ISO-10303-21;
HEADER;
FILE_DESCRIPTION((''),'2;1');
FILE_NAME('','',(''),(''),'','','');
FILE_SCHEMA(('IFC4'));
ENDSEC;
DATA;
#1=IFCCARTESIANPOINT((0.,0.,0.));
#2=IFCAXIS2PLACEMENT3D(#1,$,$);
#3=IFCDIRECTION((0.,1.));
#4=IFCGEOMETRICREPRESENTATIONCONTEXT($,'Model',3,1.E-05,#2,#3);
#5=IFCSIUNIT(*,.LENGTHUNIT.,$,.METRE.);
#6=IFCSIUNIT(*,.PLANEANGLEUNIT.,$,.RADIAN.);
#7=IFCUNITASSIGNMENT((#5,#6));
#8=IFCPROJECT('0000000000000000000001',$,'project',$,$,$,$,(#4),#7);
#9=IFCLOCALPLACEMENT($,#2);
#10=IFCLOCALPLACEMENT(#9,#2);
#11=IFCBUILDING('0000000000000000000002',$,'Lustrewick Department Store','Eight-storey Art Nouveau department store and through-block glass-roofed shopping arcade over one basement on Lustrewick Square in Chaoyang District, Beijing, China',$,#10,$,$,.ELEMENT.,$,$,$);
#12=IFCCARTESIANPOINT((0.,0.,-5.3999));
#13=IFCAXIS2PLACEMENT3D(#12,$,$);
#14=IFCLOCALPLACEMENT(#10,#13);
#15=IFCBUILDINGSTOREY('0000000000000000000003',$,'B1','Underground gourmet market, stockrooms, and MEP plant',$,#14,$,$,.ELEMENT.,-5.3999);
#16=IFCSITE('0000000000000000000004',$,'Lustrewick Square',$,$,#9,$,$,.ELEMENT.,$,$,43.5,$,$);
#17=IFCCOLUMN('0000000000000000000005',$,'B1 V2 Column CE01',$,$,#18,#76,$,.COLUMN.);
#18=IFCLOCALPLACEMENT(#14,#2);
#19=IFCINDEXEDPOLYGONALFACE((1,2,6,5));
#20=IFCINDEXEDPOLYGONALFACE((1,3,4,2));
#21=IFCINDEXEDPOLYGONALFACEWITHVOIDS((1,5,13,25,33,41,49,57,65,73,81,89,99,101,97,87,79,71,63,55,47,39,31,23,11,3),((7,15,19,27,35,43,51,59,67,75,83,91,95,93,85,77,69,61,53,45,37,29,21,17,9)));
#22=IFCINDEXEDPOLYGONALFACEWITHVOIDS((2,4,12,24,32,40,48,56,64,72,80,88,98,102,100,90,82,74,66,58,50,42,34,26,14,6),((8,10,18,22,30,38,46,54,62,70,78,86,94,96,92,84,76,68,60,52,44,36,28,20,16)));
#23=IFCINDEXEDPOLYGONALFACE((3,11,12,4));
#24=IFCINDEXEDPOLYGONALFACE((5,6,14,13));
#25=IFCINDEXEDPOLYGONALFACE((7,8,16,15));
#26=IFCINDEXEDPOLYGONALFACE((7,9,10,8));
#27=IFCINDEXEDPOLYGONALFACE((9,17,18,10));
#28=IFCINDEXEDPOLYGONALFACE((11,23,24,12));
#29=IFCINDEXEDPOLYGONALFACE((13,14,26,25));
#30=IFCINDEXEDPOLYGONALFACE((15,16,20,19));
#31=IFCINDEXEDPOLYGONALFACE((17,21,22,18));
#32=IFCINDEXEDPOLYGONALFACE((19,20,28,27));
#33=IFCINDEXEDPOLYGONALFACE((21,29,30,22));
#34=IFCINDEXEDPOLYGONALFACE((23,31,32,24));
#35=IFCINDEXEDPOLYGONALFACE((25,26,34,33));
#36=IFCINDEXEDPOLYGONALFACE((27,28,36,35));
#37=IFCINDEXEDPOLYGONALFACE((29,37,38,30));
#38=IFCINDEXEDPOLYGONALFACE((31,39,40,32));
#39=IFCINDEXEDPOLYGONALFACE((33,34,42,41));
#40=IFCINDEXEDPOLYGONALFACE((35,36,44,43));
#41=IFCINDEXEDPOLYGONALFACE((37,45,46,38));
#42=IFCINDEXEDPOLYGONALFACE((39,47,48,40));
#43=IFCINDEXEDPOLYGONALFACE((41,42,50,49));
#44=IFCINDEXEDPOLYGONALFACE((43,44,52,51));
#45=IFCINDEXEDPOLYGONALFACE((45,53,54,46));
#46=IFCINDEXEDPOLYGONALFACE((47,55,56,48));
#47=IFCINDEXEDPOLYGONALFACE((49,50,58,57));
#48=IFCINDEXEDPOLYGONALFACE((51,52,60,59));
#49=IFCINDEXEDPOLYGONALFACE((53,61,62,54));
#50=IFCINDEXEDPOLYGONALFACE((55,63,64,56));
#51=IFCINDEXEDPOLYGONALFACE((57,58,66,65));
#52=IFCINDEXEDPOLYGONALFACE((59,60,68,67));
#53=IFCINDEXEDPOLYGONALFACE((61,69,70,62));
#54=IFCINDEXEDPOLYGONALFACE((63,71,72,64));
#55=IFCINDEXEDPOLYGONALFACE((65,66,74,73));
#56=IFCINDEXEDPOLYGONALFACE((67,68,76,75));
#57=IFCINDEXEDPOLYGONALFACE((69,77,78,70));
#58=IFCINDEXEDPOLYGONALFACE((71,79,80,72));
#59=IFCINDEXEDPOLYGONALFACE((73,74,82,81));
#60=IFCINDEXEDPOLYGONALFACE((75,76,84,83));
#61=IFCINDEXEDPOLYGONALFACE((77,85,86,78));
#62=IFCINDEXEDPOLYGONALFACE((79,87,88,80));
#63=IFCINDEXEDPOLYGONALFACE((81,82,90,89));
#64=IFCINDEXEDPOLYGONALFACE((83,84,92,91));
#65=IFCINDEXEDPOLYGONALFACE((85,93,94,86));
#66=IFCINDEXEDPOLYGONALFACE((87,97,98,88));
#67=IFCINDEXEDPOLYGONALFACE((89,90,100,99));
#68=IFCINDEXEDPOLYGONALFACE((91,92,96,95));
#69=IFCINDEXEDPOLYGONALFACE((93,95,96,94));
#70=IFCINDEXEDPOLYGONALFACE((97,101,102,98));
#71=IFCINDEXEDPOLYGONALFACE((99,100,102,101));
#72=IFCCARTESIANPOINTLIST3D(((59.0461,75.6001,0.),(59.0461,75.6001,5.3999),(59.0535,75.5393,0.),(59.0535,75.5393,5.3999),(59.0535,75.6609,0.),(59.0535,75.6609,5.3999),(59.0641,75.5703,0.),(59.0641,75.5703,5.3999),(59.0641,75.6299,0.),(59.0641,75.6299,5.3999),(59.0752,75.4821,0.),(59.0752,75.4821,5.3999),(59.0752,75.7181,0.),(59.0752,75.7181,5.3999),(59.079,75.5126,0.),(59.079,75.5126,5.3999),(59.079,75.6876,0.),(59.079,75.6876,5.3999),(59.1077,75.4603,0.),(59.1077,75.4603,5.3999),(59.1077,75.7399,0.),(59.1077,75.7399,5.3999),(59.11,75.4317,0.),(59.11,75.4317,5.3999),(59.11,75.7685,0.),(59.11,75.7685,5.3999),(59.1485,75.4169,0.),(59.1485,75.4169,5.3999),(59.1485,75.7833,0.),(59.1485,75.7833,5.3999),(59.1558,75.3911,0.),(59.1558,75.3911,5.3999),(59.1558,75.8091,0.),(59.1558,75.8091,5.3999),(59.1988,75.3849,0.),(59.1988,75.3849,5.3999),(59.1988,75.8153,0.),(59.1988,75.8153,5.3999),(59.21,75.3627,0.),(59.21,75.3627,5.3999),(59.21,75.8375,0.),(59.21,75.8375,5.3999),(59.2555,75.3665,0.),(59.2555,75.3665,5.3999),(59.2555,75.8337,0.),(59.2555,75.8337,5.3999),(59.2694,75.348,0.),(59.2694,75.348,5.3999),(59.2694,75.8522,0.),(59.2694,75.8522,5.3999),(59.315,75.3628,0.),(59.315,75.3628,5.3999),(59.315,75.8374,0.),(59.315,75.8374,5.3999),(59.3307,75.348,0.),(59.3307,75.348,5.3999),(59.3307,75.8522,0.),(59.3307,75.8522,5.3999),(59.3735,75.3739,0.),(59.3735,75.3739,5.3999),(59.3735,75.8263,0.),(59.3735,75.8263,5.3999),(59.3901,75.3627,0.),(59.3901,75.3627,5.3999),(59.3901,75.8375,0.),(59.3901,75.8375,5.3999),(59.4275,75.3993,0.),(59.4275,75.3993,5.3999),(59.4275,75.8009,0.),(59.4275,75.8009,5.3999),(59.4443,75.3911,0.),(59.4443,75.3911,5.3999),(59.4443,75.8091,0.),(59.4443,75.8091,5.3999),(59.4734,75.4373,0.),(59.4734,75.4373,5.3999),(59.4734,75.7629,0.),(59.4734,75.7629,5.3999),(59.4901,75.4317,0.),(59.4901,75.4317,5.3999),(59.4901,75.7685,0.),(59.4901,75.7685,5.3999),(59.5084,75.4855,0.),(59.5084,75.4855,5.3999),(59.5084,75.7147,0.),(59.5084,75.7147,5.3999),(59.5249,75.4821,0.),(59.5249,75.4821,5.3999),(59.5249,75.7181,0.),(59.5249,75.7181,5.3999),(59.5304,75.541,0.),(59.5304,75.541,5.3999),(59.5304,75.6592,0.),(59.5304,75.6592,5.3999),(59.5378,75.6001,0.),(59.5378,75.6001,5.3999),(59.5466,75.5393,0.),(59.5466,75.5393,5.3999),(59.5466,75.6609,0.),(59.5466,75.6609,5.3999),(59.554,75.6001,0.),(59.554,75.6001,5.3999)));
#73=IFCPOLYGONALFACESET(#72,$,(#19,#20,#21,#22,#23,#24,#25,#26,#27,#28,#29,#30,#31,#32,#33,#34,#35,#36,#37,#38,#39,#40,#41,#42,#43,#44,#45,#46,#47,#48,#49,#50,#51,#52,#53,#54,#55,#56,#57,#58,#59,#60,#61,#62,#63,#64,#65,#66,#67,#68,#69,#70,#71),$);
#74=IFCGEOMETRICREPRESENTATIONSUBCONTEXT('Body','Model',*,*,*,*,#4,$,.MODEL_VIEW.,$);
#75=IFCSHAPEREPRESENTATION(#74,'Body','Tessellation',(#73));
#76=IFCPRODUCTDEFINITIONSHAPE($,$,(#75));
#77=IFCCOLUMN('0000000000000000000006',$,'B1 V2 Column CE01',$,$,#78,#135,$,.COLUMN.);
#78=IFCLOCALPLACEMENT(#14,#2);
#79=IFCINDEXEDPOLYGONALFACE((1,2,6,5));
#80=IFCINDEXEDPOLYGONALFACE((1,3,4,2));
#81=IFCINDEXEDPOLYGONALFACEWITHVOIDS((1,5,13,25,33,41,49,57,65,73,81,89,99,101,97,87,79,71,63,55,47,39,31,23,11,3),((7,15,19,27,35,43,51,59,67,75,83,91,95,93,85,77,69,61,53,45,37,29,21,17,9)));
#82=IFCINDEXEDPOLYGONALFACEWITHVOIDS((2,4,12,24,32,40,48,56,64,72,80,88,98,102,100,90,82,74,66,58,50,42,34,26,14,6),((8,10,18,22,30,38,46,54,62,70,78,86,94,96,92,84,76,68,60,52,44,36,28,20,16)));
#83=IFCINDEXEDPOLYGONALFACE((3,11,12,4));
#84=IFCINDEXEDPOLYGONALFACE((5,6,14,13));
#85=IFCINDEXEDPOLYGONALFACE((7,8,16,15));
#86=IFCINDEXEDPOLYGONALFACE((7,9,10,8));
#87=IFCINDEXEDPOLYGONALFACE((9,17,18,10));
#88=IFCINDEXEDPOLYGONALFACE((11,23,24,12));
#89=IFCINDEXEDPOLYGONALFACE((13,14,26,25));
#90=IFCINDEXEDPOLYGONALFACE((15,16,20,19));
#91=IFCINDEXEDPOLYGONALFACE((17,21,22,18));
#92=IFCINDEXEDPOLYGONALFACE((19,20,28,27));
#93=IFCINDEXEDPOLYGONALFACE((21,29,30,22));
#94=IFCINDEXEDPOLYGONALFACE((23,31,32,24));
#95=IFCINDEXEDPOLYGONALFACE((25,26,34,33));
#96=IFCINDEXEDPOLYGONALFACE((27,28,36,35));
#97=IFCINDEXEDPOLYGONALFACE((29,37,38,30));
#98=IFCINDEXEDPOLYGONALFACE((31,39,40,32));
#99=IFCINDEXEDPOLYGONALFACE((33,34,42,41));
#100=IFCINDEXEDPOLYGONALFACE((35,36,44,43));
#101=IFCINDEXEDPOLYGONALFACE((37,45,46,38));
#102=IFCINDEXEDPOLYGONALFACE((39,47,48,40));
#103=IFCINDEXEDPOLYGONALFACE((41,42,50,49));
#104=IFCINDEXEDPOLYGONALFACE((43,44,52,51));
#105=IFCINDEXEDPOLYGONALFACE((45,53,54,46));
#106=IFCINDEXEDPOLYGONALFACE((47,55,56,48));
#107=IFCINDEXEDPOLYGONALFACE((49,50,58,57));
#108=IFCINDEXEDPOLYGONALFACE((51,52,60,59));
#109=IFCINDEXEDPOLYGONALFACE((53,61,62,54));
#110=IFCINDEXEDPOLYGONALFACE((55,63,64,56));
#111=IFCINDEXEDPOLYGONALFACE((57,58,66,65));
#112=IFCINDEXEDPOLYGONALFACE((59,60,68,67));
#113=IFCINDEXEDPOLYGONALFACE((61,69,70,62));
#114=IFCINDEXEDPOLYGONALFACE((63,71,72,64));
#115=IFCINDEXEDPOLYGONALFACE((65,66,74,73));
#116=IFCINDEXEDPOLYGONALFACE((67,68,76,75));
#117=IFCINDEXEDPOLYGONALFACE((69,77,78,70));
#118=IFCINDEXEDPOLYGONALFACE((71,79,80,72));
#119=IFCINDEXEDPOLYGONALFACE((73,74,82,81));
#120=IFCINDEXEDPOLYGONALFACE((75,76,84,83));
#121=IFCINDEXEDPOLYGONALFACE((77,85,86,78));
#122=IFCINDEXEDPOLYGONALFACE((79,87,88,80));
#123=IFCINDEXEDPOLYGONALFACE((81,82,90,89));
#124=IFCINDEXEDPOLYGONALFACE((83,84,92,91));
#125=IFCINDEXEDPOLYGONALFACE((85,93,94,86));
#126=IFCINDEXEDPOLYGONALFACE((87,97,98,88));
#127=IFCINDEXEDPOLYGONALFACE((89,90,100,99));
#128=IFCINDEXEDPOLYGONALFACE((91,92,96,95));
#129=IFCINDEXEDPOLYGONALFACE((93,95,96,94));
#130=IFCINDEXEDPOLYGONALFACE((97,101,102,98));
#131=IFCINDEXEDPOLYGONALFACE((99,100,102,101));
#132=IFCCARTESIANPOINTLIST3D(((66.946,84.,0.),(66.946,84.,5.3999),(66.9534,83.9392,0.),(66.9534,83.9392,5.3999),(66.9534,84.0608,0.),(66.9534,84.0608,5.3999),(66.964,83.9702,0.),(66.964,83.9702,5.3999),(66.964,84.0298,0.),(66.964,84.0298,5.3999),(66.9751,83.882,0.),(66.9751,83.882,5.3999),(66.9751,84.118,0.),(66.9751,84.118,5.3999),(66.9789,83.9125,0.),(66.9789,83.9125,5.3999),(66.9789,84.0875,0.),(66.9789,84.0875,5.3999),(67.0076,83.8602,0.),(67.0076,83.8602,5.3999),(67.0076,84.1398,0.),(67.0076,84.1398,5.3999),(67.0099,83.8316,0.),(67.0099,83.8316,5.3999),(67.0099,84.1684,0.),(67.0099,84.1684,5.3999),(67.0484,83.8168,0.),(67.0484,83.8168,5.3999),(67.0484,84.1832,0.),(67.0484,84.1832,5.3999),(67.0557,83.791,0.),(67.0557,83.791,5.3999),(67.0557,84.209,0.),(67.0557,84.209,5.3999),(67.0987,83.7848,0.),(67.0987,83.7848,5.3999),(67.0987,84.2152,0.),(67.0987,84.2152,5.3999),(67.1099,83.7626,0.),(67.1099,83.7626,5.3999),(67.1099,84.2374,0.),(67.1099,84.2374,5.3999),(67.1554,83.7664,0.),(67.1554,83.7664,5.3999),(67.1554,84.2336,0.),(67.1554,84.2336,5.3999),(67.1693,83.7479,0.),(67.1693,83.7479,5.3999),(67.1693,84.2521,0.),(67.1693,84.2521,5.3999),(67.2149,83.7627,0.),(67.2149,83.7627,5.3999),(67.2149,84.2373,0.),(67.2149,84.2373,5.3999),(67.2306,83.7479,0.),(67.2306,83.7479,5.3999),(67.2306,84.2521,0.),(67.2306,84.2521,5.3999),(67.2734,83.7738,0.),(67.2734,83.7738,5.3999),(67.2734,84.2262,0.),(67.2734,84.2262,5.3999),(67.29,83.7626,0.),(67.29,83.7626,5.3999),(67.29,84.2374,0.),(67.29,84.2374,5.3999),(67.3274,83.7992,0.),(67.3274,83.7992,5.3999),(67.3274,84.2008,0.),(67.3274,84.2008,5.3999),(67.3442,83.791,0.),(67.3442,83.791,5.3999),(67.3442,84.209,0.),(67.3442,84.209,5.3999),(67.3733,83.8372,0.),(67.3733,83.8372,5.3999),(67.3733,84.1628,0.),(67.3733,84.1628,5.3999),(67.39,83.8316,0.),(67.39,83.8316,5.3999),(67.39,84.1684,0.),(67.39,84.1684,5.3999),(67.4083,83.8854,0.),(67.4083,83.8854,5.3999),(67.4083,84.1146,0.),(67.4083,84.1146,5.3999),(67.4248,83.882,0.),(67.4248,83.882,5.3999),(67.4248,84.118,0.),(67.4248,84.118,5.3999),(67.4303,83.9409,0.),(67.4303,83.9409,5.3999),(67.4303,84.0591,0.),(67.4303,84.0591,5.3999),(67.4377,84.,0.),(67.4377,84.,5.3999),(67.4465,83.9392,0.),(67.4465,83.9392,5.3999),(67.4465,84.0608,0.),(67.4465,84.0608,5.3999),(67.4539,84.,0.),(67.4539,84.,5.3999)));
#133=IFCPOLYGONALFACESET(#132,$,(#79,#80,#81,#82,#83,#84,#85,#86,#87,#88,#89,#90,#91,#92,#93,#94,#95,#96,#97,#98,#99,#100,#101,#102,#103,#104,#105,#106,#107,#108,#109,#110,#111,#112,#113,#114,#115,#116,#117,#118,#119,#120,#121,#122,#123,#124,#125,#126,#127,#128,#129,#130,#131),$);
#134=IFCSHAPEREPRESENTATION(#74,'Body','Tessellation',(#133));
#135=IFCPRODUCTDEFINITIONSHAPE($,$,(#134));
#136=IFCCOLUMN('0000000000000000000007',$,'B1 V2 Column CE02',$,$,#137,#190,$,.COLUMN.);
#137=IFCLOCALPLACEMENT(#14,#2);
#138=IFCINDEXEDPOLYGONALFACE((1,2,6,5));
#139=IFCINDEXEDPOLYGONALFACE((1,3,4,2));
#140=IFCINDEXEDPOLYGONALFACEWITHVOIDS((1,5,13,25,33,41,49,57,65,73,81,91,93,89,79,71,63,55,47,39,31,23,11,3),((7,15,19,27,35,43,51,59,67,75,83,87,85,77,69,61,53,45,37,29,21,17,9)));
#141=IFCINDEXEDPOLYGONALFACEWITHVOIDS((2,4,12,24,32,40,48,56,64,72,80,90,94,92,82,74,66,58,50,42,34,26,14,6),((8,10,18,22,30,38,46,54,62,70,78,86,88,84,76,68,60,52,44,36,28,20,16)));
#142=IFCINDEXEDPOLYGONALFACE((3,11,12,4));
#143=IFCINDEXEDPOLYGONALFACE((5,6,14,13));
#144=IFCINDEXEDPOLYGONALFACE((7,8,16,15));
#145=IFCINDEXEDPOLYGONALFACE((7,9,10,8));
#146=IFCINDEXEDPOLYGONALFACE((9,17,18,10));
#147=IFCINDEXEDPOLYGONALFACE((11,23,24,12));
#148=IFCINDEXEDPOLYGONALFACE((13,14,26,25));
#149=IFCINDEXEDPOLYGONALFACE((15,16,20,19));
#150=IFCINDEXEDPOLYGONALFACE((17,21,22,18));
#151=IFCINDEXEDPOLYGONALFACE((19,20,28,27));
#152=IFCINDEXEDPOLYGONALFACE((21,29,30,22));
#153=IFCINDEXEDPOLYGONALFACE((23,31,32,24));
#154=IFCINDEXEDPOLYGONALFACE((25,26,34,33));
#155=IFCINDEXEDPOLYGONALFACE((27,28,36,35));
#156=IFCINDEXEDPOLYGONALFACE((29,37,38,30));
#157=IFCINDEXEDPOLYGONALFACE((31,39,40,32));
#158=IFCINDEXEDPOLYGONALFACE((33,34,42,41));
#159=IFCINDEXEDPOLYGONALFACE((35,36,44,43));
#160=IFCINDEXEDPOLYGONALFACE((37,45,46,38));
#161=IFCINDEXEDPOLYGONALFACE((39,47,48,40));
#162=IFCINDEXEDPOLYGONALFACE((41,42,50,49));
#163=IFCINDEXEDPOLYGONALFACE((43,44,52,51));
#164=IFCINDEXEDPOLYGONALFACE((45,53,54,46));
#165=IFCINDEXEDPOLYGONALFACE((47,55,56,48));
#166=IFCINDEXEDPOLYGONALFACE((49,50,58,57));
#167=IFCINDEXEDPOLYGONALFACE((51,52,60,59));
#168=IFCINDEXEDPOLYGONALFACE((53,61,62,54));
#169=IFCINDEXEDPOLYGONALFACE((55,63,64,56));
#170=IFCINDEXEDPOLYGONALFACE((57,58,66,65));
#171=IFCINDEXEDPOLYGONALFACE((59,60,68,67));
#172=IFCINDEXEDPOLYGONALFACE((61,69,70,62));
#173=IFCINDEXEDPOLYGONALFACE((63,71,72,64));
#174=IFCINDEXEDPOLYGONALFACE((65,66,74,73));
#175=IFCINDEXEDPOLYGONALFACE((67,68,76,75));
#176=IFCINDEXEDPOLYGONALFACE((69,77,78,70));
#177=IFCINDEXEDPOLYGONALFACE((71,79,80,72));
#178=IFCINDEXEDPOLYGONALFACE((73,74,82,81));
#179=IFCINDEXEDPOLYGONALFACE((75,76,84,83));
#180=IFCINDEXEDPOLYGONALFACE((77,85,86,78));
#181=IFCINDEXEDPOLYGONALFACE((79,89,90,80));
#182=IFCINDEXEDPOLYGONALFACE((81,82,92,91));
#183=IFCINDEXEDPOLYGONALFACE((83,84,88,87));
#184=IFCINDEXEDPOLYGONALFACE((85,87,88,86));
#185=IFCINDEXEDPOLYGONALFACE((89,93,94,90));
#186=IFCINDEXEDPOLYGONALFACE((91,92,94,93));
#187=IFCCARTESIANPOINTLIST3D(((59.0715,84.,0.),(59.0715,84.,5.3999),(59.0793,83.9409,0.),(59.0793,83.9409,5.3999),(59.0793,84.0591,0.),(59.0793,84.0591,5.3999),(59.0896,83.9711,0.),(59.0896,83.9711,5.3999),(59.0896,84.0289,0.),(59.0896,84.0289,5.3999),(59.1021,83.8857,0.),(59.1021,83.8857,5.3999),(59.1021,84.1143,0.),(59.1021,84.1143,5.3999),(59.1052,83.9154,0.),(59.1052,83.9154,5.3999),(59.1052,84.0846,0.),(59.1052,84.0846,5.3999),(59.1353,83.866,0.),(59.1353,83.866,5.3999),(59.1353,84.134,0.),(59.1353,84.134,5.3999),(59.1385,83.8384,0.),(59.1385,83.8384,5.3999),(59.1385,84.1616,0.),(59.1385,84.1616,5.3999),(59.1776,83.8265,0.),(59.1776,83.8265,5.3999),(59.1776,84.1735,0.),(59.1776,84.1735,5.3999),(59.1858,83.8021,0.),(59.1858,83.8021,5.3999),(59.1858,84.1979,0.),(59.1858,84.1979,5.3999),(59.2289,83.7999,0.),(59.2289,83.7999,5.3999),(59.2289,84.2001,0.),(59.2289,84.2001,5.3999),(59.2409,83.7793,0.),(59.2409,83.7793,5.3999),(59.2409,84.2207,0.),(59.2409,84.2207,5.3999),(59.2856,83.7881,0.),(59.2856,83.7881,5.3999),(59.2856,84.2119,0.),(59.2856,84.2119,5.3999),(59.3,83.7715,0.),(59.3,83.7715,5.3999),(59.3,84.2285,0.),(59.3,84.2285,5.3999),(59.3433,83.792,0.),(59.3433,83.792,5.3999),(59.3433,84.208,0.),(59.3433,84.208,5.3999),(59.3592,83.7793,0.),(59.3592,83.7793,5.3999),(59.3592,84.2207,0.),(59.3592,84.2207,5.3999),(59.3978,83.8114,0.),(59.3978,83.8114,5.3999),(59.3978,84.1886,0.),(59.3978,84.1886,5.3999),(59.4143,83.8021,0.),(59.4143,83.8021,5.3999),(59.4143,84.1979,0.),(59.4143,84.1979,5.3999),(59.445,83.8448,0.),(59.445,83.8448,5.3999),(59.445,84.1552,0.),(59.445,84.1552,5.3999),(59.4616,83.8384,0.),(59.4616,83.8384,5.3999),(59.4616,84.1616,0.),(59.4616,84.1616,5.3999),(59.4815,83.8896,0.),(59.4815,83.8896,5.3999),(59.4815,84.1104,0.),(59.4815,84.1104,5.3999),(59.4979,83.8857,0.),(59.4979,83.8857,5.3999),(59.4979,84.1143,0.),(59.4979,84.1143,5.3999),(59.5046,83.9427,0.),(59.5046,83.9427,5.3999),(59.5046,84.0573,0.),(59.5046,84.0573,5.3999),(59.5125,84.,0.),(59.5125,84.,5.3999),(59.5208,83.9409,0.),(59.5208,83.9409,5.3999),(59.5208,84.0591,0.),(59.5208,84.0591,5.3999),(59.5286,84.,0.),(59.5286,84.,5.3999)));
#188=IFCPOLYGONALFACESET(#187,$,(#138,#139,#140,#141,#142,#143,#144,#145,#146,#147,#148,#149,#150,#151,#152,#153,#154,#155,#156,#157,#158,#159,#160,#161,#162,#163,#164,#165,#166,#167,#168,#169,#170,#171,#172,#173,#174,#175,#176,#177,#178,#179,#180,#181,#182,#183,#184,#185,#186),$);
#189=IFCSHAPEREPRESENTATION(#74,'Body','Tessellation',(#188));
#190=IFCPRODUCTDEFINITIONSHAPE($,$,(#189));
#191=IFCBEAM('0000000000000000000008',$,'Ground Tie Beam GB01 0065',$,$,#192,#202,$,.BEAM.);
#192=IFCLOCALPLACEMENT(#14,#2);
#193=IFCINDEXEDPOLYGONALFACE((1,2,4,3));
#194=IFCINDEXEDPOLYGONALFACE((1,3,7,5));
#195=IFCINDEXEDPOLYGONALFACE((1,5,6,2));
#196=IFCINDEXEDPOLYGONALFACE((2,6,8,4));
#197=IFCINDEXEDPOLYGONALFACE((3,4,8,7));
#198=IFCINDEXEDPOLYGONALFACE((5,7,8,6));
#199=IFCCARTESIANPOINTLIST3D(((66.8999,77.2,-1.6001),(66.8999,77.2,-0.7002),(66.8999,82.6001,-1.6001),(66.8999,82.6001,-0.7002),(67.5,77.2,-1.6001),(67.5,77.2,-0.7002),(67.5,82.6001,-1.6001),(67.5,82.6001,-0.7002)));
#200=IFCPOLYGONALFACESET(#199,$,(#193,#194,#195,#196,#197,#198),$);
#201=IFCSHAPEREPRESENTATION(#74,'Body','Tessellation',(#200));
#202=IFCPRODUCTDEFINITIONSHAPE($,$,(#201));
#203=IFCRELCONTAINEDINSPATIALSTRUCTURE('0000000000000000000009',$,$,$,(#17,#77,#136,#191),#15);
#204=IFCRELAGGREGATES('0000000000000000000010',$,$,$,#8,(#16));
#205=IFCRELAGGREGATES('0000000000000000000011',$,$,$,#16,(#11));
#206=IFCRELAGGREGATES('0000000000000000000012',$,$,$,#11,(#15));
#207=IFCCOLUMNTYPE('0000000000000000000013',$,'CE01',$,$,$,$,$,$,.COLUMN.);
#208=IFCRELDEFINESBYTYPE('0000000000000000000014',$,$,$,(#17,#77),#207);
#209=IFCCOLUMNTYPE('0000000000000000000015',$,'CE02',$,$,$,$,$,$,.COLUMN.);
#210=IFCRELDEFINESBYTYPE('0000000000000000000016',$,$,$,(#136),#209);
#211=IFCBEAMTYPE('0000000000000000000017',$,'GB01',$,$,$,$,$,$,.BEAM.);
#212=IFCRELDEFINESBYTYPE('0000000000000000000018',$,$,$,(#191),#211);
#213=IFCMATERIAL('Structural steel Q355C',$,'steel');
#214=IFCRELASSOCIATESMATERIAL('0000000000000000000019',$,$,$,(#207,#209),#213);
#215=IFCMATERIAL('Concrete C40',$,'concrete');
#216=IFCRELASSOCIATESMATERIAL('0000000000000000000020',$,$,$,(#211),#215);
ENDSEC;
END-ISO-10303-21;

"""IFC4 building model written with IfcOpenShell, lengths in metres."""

from ifc_helpers import new_model, si_unit, direction, frame, origin, origin_2d, place, context, subcontext, project, spatial, rectangle, hollow_circle, extrude, material, material_profile, profile_set, type_object, element, save


model = new_model("IFC4")

# Units and contexts
model_context = context("Model", 3, precision=1e-05, world=origin(), true_north=direction((0.0, 1.0)))
body_context = subcontext(model_context, "Body", "Model", "MODEL_VIEW")
ifc_project = project(units=[si_unit("LENGTHUNIT", "METRE"), si_unit("PLANEANGLEUNIT", "RADIAN")], contexts=[model_context])

# Site, building, storey
site_placement = place(None, origin())
site = spatial("IfcSite", under=ifc_project, at=site_placement, Name="Lustrewick Square", CompositionType="ELEMENT", RefElevation=43.5)
building_placement = place(site_placement, origin())
building = spatial("IfcBuilding", under=site, at=building_placement, Name="Lustrewick Department Store", Description="Eight-storey Art Nouveau department store and through-block glass-roofed shopping arcade over one basement on Lustrewick Square in Chaoyang District, Beijing, China", CompositionType="ELEMENT")
storey_placement = place(building_placement, frame((0.0, 0.0, -5.3999)))
storey = spatial("IfcBuildingStorey", under=building, at=storey_placement, Name="B1", Description="Underground gourmet market, stockrooms, and MEP plant", CompositionType="ELEMENT", Elevation=-5.3999)

# Shared definitions
ifc_material_1 = material(Name="Concrete C40", Category="concrete")

# Columns
ifc_material_2 = material(Name="Structural steel Q355C", Category="steel")
ifc_material_profile_1 = material_profile(ifc_material_2, hollow_circle(Radius=0.2539, WallThickness=0.0161, at=origin_2d()), Name="CHS 508x16")
ifc_profile_set_1 = profile_set([ifc_material_profile_1], Name="Structural steel Q355C")
column_type_1 = type_object("IfcColumnType", Name="CE01", PredefinedType="COLUMN", material=ifc_profile_set_1)
for number, where, z_axis, x_axis, name in (
    (1, (59.3, 75.6001, 0.0), (0.0, 0.0, 1.0), (1.0, 0.0, 0.0), "B1 V2 Column CE01"),
    (2, (67.2, 84.0, 0.0), (0.0, 0.0, 1.0), (1.0, 0.0, 0.0), "B1 V2 Column CE01"),
):
    element("IfcColumn", number, at=place(storey_placement, frame(where, z_axis=z_axis, x_axis=x_axis)), inside=storey, type_object=column_type_1, Name=name, PredefinedType="COLUMN", context=body_context, shape_type="SweptSolid", body=[
        extrude(hollow_circle(Radius=0.2539, WallThickness=0.0161, at=origin_2d()), origin(), (0.0, 0.0, 1.0), 5.3999),
    ])
ifc_material_profile_2 = material_profile(ifc_material_2, hollow_circle(Radius=0.2285, WallThickness=0.0161, at=origin_2d()), Name="CHS 457x16")
ifc_profile_set_2 = profile_set([ifc_material_profile_2], Name="Structural steel Q355C")
column_type_2 = type_object("IfcColumnType", Name="CE02", PredefinedType="COLUMN", material=ifc_profile_set_2)
column_1_placement = place(storey_placement, frame((59.3, 84.0, 0.0), z_axis=(0.0, 0.0, 1.0), x_axis=(1.0, 0.0, 0.0)))
element("IfcColumn", 3, at=column_1_placement, inside=storey, type_object=column_type_2, Name="B1 V2 Column CE02", PredefinedType="COLUMN", context=body_context, shape_type="SweptSolid", body=[
    extrude(hollow_circle(Radius=0.2285, WallThickness=0.0161, at=origin_2d()), origin(), (0.0, 0.0, 1.0), 5.3999),
])

# Beam
ifc_material_profile_3 = material_profile(ifc_material_1, rectangle(XDim=0.6001, YDim=0.8999, at=origin_2d()), Name="RC 600x900")
ifc_profile_set_3 = profile_set([ifc_material_profile_3], Name="Concrete C40")
beam_type_1 = type_object("IfcBeamType", Name="GB01", PredefinedType="BEAM", material=ifc_profile_set_3)
beam_1_placement = place(storey_placement, frame((67.2, 77.2, -1.1501), z_axis=(0.0, 1.0, 0.0), x_axis=(-1.0, 0.0, 0.0)))
element("IfcBeam", 4, at=beam_1_placement, inside=storey, type_object=beam_type_1, Name="Ground Tie Beam GB01 0065", PredefinedType="BEAM", context=body_context, shape_type="SweptSolid", body=[
    extrude(rectangle(XDim=0.6001, YDim=0.8999, at=origin_2d()), origin(), (0.0, 0.0, 1.0), 5.4001),
])

save(model, "model.ifc")
